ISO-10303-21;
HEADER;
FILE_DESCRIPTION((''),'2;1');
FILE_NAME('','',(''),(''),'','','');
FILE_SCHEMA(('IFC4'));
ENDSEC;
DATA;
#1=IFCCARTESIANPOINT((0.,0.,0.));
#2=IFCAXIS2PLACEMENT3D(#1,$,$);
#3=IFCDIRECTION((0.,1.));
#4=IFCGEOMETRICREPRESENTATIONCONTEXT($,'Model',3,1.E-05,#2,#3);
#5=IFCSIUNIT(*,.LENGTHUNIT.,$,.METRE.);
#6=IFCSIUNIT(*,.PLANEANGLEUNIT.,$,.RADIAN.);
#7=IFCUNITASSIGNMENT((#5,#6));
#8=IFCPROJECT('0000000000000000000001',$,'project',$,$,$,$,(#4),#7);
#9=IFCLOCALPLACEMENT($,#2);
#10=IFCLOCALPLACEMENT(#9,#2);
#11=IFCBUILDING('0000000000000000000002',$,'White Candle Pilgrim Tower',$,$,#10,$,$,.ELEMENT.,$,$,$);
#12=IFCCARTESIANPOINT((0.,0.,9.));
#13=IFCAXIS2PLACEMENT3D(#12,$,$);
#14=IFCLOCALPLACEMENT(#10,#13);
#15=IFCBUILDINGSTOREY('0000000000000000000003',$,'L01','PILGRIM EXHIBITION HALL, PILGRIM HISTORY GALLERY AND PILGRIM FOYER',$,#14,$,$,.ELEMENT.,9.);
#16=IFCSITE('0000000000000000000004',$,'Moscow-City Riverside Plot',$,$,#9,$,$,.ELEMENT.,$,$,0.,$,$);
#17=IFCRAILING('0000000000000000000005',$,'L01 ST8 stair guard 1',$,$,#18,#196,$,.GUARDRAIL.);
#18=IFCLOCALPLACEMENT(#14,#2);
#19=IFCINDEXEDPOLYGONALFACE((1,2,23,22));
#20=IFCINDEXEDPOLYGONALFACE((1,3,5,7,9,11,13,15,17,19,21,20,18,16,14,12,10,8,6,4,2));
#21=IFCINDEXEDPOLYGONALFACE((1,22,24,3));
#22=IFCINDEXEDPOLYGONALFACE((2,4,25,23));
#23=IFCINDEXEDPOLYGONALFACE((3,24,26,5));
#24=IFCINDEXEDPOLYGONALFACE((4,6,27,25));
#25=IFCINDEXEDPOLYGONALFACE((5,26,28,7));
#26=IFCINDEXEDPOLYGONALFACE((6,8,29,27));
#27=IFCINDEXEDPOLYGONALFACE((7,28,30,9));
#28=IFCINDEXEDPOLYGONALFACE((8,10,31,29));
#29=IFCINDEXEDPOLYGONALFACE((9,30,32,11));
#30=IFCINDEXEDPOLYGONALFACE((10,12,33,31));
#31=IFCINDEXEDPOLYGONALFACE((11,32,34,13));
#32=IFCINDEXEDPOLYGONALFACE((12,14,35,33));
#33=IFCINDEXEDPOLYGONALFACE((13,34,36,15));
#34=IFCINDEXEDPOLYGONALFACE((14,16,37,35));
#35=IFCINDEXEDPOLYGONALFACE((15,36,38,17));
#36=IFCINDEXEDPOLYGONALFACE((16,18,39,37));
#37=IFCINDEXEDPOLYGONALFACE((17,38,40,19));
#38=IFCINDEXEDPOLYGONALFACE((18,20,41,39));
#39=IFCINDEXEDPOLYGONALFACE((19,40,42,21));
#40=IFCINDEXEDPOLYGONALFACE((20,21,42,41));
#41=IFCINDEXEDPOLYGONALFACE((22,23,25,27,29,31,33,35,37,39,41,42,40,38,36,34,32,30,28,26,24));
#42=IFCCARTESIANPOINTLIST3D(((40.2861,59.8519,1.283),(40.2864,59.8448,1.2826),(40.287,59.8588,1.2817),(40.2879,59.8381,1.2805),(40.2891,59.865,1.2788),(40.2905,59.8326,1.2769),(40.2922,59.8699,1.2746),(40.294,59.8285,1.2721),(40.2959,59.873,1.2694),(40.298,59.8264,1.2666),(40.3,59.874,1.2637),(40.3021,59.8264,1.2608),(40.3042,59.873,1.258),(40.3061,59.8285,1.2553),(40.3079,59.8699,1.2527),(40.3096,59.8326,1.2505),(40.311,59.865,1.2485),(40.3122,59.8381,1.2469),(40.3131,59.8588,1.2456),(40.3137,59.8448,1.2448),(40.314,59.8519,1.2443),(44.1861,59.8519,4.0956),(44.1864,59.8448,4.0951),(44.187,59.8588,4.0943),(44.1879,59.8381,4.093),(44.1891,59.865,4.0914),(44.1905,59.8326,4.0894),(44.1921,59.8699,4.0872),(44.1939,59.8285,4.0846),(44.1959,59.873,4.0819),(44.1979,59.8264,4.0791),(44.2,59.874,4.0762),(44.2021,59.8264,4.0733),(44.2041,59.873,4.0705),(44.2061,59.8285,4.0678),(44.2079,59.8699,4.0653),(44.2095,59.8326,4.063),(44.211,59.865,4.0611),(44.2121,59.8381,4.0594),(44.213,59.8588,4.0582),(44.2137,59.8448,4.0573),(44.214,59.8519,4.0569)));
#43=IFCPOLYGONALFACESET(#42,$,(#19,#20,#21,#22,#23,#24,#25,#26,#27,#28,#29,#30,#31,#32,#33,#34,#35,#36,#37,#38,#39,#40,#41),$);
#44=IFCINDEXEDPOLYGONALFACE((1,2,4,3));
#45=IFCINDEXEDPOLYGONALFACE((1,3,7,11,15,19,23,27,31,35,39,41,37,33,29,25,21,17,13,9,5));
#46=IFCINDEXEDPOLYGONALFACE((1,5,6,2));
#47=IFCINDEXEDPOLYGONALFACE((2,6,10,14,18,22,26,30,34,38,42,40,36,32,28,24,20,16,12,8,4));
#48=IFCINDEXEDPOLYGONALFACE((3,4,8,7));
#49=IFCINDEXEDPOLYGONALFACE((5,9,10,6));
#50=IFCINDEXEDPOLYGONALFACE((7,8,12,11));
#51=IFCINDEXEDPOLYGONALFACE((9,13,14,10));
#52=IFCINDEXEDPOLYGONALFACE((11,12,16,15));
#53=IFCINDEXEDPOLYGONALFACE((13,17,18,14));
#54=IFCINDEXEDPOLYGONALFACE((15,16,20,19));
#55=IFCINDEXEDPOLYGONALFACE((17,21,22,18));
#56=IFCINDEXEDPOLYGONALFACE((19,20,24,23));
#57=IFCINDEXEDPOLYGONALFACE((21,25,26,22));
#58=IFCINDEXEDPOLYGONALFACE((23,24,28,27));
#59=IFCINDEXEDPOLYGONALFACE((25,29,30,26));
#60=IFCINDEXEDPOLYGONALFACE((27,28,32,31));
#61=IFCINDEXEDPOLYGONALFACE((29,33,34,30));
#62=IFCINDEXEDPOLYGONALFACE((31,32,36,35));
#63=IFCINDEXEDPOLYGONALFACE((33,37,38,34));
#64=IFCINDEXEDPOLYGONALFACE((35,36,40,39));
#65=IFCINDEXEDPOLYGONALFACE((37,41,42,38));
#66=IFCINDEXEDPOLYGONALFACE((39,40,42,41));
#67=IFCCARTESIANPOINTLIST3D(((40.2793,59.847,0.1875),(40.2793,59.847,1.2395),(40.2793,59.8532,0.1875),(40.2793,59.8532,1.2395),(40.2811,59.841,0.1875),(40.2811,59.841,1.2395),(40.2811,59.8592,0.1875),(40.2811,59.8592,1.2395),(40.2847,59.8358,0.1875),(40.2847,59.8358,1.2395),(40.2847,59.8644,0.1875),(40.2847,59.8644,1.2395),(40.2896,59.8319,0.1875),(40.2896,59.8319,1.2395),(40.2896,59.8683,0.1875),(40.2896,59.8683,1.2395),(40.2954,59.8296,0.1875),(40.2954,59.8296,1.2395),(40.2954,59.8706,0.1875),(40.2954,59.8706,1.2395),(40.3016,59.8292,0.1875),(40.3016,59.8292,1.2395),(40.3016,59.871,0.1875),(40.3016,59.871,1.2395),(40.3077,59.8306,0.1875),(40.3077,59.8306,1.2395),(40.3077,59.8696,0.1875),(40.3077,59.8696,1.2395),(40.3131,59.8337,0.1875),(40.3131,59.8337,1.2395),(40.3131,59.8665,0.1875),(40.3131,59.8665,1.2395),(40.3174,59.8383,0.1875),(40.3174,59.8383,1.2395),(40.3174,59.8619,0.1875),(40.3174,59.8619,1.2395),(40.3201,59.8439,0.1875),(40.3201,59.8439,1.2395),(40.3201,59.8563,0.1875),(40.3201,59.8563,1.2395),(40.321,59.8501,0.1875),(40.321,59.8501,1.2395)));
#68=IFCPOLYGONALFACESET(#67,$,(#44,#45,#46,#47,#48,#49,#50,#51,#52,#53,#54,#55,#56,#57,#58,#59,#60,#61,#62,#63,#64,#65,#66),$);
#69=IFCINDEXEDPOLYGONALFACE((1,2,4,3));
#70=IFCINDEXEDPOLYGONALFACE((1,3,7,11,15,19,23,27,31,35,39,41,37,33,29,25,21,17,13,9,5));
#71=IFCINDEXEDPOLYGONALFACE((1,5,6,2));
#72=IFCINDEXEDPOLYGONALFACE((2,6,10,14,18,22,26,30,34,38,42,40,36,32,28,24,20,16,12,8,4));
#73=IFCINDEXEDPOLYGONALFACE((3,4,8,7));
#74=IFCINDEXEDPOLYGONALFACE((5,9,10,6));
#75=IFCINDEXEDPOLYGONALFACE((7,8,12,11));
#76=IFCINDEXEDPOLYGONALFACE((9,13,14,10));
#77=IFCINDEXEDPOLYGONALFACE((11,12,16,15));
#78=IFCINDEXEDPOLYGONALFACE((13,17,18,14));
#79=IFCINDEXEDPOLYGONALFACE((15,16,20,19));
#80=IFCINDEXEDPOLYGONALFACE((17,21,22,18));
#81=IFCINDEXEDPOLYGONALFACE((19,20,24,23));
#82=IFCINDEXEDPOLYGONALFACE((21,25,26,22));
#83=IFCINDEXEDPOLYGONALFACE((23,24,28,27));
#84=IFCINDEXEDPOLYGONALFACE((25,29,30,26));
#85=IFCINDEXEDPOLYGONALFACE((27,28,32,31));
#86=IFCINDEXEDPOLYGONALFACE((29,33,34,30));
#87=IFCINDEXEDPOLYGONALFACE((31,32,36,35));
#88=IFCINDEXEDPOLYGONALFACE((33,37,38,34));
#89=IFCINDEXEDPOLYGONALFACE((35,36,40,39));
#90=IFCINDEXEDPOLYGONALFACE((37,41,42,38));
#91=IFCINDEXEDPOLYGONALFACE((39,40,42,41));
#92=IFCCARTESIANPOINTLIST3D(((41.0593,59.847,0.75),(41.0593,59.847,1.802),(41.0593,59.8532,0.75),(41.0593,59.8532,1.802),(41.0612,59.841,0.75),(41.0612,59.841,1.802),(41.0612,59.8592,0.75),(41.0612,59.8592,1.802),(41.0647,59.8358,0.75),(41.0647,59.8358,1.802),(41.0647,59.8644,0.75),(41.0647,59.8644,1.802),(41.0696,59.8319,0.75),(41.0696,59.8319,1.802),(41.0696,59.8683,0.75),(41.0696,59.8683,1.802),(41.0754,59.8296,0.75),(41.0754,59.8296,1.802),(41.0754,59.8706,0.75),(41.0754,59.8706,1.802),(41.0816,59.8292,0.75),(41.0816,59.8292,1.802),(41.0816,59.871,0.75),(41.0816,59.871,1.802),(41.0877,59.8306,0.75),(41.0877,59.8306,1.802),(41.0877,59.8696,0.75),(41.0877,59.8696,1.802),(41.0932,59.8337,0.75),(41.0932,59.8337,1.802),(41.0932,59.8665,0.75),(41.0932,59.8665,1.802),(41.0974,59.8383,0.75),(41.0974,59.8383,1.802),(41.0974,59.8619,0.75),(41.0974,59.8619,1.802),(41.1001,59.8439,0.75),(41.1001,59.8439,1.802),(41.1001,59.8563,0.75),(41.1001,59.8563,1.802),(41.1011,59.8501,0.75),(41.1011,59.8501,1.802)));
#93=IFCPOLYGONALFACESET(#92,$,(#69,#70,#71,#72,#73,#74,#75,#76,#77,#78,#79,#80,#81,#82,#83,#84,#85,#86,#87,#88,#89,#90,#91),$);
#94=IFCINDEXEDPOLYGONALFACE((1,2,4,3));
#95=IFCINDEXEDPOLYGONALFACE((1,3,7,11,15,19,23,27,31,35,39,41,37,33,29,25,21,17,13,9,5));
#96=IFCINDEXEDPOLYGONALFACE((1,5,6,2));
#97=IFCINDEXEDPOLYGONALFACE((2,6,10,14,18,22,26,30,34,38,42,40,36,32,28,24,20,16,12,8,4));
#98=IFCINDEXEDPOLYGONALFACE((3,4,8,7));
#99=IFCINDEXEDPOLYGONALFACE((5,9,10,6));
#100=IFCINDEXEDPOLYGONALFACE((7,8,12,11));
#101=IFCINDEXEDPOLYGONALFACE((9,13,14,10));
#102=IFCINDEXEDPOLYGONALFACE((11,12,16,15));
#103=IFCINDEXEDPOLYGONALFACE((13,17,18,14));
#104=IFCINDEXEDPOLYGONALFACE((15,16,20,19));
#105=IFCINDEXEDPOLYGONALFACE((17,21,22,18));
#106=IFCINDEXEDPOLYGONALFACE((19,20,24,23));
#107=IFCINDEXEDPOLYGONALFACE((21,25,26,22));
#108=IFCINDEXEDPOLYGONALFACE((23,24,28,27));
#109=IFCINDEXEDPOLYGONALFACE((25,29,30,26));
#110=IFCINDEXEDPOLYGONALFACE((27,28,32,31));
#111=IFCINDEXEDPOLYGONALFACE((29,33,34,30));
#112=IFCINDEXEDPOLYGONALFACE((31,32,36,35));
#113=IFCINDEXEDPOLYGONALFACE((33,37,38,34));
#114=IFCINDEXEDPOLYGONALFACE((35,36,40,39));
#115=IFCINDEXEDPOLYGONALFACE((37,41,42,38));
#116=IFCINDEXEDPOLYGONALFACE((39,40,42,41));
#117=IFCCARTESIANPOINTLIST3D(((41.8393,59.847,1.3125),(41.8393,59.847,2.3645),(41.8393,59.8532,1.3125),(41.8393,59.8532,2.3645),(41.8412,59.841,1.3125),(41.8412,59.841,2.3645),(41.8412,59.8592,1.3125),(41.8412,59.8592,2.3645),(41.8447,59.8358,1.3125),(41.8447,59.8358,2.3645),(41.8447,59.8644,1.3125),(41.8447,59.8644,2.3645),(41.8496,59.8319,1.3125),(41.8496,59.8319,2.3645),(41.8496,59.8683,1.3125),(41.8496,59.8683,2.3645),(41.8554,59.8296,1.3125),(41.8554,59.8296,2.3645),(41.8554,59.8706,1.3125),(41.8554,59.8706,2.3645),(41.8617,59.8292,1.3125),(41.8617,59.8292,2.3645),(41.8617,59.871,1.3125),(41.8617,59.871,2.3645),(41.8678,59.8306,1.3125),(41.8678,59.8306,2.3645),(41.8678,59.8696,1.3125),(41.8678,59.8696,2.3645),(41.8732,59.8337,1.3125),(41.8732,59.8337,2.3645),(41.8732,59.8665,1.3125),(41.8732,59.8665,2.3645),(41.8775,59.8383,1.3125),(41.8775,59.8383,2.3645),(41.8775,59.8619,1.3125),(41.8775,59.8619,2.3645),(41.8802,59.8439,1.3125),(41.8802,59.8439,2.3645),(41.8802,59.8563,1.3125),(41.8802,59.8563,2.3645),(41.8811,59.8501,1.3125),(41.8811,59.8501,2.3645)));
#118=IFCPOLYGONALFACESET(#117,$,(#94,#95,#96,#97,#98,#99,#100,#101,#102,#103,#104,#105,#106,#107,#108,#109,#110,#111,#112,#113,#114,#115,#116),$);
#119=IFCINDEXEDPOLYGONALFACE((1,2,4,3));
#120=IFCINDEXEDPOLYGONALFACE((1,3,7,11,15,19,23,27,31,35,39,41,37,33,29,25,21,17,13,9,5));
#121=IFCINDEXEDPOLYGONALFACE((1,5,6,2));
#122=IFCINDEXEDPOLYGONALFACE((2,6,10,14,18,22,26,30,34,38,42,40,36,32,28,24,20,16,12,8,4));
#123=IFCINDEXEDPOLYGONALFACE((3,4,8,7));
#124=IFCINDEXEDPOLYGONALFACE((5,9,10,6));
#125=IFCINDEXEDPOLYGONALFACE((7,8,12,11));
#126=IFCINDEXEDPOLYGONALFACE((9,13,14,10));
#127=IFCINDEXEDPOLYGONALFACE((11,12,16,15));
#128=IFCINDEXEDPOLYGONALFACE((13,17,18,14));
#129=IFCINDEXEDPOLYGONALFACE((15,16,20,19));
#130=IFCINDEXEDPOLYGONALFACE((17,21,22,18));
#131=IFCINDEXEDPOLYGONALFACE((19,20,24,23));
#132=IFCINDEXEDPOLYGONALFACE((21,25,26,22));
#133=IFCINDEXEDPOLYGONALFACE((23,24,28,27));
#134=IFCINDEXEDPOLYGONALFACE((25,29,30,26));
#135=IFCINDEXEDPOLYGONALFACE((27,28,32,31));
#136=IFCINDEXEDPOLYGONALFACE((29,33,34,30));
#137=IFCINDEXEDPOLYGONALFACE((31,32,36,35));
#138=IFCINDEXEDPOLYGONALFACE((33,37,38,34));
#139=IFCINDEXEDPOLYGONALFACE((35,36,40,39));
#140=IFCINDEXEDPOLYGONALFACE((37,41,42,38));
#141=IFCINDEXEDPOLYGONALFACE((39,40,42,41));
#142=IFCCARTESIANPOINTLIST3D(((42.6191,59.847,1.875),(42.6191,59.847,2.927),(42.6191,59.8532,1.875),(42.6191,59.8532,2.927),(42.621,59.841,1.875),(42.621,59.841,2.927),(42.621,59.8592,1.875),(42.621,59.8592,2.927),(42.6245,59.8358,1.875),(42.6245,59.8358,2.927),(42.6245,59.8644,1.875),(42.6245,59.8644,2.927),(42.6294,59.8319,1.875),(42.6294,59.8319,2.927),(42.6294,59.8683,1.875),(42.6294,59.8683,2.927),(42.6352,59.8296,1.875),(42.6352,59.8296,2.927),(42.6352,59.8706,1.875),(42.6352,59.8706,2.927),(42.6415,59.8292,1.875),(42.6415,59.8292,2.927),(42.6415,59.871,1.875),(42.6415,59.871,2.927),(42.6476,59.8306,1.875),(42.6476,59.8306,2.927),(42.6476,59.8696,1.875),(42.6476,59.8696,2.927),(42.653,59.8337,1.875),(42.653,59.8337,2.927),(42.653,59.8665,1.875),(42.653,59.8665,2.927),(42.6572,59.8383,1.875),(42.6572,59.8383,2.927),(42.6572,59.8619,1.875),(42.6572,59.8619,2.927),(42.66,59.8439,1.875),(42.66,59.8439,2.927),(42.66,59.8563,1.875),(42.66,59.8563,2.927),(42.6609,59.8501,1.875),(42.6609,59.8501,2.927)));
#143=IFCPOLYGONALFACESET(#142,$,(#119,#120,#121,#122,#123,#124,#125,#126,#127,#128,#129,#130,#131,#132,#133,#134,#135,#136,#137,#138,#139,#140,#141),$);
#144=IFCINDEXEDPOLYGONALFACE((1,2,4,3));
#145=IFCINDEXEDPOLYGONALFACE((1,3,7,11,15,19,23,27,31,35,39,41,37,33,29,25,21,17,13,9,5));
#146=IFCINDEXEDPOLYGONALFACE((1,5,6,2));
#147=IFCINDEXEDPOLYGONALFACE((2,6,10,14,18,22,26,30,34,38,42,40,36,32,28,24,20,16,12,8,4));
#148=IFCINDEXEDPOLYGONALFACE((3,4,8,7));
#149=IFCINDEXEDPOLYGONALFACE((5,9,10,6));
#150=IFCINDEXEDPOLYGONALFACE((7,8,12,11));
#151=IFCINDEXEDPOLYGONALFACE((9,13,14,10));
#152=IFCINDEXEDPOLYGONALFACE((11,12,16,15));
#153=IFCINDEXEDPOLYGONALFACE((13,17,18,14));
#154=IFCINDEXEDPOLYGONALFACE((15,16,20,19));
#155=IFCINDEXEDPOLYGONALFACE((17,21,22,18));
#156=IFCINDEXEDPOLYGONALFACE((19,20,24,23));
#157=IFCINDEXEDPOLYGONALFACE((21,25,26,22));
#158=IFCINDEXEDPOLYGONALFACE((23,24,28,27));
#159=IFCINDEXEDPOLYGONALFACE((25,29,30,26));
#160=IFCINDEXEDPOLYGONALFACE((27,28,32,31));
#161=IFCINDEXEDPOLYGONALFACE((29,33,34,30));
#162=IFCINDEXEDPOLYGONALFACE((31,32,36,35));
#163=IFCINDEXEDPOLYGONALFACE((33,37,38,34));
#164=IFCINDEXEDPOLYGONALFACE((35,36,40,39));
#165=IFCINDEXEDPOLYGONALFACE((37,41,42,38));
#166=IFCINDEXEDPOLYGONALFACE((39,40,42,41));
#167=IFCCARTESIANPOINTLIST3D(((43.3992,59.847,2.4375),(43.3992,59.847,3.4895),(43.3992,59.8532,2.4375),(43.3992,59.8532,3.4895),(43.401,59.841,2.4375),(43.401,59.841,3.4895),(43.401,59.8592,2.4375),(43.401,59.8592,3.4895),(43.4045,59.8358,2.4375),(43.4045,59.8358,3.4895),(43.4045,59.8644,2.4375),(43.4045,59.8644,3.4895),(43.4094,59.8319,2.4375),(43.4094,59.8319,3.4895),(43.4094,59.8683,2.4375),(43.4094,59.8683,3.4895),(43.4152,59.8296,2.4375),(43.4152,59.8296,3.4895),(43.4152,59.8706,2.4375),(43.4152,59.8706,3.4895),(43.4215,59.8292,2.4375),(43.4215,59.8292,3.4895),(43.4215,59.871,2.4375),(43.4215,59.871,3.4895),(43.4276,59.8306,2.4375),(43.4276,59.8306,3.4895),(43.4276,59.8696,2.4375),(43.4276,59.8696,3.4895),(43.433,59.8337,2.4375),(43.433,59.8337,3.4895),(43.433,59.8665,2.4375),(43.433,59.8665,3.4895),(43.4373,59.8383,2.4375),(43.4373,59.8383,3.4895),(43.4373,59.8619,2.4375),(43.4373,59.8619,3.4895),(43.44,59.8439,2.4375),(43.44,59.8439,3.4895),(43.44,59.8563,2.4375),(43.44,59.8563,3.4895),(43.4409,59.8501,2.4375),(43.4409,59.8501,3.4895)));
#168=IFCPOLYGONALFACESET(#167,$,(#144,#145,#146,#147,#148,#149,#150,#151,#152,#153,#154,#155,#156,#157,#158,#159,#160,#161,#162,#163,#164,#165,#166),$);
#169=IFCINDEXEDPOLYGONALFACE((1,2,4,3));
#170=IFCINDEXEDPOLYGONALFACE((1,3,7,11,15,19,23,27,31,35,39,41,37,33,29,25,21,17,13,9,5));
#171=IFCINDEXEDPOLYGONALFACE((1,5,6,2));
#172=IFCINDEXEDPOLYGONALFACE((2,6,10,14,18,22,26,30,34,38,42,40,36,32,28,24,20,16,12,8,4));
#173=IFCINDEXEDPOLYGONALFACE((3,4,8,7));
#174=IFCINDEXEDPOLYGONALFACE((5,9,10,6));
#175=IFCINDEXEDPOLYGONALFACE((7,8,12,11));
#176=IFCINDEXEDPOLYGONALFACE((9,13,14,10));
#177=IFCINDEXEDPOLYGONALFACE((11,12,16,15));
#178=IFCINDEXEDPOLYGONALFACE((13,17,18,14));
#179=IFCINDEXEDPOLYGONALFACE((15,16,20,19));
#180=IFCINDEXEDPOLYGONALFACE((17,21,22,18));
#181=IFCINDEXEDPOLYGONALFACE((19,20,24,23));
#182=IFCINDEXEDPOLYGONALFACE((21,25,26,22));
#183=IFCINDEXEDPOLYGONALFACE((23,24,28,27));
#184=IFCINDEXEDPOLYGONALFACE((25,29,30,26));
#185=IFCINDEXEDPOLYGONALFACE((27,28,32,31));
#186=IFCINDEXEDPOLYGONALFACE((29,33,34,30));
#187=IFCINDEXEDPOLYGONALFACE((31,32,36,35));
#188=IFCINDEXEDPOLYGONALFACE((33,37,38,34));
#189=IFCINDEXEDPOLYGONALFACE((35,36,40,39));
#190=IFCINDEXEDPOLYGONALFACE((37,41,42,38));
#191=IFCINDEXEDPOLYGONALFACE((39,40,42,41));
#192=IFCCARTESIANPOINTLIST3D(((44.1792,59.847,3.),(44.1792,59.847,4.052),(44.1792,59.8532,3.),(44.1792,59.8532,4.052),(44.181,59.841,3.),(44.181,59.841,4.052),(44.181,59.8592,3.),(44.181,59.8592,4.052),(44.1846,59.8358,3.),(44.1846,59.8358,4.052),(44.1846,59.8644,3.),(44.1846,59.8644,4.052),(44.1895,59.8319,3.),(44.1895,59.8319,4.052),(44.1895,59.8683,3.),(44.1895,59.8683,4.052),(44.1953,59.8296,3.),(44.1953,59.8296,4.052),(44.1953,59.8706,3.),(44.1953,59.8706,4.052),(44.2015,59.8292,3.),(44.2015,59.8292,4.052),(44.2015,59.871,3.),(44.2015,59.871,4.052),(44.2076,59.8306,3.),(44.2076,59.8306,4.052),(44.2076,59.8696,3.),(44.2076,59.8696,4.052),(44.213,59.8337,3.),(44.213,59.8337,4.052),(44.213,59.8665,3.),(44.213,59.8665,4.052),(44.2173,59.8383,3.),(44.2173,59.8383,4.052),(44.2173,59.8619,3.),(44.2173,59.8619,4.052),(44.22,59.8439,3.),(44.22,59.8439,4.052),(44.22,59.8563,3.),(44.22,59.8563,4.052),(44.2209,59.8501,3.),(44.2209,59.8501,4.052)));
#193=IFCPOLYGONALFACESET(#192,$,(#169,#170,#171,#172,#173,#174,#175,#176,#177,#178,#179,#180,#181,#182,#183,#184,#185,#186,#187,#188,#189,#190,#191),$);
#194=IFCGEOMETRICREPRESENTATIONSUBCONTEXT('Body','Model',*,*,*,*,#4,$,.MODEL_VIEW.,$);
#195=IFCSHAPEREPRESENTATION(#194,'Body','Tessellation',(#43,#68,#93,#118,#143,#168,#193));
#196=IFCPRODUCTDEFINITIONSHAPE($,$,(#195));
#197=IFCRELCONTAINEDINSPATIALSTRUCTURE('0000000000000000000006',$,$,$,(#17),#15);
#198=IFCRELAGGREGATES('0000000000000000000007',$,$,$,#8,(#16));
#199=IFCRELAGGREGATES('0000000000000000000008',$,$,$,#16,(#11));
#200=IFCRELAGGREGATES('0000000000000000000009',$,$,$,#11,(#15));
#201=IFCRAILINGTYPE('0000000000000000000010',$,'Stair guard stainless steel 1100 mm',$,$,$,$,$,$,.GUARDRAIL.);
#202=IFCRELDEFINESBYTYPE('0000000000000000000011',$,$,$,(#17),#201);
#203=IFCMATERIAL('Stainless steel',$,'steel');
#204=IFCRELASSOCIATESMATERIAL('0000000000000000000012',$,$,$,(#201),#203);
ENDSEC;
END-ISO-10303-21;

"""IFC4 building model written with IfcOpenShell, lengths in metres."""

from ifc_helpers import new_model, si_unit, direction, frame, origin, origin_2d, place, context, subcontext, project, spatial, circle, extrude, material, type_object, element, save


model = new_model("IFC4")

# Units and contexts
model_context = context("Model", 3, precision=1e-05, world=origin(), true_north=direction((0.0, 1.0)))
body_context = subcontext(model_context, "Body", "Model", "MODEL_VIEW")
ifc_project = project(units=[si_unit("LENGTHUNIT", "METRE"), si_unit("PLANEANGLEUNIT", "RADIAN")], contexts=[model_context])

# Site, building, storey
site_placement = place(None, origin())
site = spatial("IfcSite", under=ifc_project, at=site_placement, Name="Moscow-City Riverside Plot", CompositionType="ELEMENT", RefElevation=0.0)
building_placement = place(site_placement, origin())
building = spatial("IfcBuilding", under=site, at=building_placement, Name="White Candle Pilgrim Tower", CompositionType="ELEMENT")
storey_placement = place(building_placement, frame((0.0, 0.0, 9.0)))
storey = spatial("IfcBuildingStorey", under=building, at=storey_placement, Name="L01", Description="PILGRIM EXHIBITION HALL, PILGRIM HISTORY GALLERY AND PILGRIM FOYER", CompositionType="ELEMENT", Elevation=9.0)

# Railing
ifc_material_1 = material(Name="Stainless steel", Category="steel")
railing_type_1 = type_object("IfcRailingType", Name="Stair guard stainless steel 1100 mm", PredefinedType="GUARDRAIL", material=ifc_material_1)
railing_1_placement = place(storey_placement, frame((40.3, 59.8501, 0.1875)))
element("IfcRailing", 1, at=railing_1_placement, inside=storey, type_object=railing_type_1, Name="L01 ST8 stair guard 1", PredefinedType="GUARDRAIL", context=body_context, shape_type="SweptSolid", body=[
    extrude(circle(Radius=0.0239, at=origin_2d()), frame((0.0, 0.0, 1.0762), z_axis=(0.811083, 0.0, 0.584931), x_axis=(0.0, 1.0, 0.0)), (0.0, 0.0, 1.0), 4.8083),
    extrude(circle(Radius=0.021, at=origin_2d()), origin(), (0.0, 0.0, 1.0), 1.052),
    extrude(circle(Radius=0.021, at=origin_2d()), frame((0.78, 0.0, 0.5625)), (0.0, 0.0, 1.0), 1.052),
    extrude(circle(Radius=0.021, at=origin_2d()), frame((1.5601, 0.0, 1.125)), (0.0, 0.0, 1.0), 1.052),
    extrude(circle(Radius=0.021, at=origin_2d()), frame((2.3398, 0.0, 1.6875)), (0.0, 0.0, 1.0), 1.052),
    extrude(circle(Radius=0.021, at=origin_2d()), frame((3.1199, 0.0, 2.25)), (0.0, 0.0, 1.0), 1.052),
    extrude(circle(Radius=0.021, at=origin_2d()), frame((3.8999, 0.0, 2.8125)), (0.0, 0.0, 1.0), 1.052),
])

save(model, "model.ifc")
